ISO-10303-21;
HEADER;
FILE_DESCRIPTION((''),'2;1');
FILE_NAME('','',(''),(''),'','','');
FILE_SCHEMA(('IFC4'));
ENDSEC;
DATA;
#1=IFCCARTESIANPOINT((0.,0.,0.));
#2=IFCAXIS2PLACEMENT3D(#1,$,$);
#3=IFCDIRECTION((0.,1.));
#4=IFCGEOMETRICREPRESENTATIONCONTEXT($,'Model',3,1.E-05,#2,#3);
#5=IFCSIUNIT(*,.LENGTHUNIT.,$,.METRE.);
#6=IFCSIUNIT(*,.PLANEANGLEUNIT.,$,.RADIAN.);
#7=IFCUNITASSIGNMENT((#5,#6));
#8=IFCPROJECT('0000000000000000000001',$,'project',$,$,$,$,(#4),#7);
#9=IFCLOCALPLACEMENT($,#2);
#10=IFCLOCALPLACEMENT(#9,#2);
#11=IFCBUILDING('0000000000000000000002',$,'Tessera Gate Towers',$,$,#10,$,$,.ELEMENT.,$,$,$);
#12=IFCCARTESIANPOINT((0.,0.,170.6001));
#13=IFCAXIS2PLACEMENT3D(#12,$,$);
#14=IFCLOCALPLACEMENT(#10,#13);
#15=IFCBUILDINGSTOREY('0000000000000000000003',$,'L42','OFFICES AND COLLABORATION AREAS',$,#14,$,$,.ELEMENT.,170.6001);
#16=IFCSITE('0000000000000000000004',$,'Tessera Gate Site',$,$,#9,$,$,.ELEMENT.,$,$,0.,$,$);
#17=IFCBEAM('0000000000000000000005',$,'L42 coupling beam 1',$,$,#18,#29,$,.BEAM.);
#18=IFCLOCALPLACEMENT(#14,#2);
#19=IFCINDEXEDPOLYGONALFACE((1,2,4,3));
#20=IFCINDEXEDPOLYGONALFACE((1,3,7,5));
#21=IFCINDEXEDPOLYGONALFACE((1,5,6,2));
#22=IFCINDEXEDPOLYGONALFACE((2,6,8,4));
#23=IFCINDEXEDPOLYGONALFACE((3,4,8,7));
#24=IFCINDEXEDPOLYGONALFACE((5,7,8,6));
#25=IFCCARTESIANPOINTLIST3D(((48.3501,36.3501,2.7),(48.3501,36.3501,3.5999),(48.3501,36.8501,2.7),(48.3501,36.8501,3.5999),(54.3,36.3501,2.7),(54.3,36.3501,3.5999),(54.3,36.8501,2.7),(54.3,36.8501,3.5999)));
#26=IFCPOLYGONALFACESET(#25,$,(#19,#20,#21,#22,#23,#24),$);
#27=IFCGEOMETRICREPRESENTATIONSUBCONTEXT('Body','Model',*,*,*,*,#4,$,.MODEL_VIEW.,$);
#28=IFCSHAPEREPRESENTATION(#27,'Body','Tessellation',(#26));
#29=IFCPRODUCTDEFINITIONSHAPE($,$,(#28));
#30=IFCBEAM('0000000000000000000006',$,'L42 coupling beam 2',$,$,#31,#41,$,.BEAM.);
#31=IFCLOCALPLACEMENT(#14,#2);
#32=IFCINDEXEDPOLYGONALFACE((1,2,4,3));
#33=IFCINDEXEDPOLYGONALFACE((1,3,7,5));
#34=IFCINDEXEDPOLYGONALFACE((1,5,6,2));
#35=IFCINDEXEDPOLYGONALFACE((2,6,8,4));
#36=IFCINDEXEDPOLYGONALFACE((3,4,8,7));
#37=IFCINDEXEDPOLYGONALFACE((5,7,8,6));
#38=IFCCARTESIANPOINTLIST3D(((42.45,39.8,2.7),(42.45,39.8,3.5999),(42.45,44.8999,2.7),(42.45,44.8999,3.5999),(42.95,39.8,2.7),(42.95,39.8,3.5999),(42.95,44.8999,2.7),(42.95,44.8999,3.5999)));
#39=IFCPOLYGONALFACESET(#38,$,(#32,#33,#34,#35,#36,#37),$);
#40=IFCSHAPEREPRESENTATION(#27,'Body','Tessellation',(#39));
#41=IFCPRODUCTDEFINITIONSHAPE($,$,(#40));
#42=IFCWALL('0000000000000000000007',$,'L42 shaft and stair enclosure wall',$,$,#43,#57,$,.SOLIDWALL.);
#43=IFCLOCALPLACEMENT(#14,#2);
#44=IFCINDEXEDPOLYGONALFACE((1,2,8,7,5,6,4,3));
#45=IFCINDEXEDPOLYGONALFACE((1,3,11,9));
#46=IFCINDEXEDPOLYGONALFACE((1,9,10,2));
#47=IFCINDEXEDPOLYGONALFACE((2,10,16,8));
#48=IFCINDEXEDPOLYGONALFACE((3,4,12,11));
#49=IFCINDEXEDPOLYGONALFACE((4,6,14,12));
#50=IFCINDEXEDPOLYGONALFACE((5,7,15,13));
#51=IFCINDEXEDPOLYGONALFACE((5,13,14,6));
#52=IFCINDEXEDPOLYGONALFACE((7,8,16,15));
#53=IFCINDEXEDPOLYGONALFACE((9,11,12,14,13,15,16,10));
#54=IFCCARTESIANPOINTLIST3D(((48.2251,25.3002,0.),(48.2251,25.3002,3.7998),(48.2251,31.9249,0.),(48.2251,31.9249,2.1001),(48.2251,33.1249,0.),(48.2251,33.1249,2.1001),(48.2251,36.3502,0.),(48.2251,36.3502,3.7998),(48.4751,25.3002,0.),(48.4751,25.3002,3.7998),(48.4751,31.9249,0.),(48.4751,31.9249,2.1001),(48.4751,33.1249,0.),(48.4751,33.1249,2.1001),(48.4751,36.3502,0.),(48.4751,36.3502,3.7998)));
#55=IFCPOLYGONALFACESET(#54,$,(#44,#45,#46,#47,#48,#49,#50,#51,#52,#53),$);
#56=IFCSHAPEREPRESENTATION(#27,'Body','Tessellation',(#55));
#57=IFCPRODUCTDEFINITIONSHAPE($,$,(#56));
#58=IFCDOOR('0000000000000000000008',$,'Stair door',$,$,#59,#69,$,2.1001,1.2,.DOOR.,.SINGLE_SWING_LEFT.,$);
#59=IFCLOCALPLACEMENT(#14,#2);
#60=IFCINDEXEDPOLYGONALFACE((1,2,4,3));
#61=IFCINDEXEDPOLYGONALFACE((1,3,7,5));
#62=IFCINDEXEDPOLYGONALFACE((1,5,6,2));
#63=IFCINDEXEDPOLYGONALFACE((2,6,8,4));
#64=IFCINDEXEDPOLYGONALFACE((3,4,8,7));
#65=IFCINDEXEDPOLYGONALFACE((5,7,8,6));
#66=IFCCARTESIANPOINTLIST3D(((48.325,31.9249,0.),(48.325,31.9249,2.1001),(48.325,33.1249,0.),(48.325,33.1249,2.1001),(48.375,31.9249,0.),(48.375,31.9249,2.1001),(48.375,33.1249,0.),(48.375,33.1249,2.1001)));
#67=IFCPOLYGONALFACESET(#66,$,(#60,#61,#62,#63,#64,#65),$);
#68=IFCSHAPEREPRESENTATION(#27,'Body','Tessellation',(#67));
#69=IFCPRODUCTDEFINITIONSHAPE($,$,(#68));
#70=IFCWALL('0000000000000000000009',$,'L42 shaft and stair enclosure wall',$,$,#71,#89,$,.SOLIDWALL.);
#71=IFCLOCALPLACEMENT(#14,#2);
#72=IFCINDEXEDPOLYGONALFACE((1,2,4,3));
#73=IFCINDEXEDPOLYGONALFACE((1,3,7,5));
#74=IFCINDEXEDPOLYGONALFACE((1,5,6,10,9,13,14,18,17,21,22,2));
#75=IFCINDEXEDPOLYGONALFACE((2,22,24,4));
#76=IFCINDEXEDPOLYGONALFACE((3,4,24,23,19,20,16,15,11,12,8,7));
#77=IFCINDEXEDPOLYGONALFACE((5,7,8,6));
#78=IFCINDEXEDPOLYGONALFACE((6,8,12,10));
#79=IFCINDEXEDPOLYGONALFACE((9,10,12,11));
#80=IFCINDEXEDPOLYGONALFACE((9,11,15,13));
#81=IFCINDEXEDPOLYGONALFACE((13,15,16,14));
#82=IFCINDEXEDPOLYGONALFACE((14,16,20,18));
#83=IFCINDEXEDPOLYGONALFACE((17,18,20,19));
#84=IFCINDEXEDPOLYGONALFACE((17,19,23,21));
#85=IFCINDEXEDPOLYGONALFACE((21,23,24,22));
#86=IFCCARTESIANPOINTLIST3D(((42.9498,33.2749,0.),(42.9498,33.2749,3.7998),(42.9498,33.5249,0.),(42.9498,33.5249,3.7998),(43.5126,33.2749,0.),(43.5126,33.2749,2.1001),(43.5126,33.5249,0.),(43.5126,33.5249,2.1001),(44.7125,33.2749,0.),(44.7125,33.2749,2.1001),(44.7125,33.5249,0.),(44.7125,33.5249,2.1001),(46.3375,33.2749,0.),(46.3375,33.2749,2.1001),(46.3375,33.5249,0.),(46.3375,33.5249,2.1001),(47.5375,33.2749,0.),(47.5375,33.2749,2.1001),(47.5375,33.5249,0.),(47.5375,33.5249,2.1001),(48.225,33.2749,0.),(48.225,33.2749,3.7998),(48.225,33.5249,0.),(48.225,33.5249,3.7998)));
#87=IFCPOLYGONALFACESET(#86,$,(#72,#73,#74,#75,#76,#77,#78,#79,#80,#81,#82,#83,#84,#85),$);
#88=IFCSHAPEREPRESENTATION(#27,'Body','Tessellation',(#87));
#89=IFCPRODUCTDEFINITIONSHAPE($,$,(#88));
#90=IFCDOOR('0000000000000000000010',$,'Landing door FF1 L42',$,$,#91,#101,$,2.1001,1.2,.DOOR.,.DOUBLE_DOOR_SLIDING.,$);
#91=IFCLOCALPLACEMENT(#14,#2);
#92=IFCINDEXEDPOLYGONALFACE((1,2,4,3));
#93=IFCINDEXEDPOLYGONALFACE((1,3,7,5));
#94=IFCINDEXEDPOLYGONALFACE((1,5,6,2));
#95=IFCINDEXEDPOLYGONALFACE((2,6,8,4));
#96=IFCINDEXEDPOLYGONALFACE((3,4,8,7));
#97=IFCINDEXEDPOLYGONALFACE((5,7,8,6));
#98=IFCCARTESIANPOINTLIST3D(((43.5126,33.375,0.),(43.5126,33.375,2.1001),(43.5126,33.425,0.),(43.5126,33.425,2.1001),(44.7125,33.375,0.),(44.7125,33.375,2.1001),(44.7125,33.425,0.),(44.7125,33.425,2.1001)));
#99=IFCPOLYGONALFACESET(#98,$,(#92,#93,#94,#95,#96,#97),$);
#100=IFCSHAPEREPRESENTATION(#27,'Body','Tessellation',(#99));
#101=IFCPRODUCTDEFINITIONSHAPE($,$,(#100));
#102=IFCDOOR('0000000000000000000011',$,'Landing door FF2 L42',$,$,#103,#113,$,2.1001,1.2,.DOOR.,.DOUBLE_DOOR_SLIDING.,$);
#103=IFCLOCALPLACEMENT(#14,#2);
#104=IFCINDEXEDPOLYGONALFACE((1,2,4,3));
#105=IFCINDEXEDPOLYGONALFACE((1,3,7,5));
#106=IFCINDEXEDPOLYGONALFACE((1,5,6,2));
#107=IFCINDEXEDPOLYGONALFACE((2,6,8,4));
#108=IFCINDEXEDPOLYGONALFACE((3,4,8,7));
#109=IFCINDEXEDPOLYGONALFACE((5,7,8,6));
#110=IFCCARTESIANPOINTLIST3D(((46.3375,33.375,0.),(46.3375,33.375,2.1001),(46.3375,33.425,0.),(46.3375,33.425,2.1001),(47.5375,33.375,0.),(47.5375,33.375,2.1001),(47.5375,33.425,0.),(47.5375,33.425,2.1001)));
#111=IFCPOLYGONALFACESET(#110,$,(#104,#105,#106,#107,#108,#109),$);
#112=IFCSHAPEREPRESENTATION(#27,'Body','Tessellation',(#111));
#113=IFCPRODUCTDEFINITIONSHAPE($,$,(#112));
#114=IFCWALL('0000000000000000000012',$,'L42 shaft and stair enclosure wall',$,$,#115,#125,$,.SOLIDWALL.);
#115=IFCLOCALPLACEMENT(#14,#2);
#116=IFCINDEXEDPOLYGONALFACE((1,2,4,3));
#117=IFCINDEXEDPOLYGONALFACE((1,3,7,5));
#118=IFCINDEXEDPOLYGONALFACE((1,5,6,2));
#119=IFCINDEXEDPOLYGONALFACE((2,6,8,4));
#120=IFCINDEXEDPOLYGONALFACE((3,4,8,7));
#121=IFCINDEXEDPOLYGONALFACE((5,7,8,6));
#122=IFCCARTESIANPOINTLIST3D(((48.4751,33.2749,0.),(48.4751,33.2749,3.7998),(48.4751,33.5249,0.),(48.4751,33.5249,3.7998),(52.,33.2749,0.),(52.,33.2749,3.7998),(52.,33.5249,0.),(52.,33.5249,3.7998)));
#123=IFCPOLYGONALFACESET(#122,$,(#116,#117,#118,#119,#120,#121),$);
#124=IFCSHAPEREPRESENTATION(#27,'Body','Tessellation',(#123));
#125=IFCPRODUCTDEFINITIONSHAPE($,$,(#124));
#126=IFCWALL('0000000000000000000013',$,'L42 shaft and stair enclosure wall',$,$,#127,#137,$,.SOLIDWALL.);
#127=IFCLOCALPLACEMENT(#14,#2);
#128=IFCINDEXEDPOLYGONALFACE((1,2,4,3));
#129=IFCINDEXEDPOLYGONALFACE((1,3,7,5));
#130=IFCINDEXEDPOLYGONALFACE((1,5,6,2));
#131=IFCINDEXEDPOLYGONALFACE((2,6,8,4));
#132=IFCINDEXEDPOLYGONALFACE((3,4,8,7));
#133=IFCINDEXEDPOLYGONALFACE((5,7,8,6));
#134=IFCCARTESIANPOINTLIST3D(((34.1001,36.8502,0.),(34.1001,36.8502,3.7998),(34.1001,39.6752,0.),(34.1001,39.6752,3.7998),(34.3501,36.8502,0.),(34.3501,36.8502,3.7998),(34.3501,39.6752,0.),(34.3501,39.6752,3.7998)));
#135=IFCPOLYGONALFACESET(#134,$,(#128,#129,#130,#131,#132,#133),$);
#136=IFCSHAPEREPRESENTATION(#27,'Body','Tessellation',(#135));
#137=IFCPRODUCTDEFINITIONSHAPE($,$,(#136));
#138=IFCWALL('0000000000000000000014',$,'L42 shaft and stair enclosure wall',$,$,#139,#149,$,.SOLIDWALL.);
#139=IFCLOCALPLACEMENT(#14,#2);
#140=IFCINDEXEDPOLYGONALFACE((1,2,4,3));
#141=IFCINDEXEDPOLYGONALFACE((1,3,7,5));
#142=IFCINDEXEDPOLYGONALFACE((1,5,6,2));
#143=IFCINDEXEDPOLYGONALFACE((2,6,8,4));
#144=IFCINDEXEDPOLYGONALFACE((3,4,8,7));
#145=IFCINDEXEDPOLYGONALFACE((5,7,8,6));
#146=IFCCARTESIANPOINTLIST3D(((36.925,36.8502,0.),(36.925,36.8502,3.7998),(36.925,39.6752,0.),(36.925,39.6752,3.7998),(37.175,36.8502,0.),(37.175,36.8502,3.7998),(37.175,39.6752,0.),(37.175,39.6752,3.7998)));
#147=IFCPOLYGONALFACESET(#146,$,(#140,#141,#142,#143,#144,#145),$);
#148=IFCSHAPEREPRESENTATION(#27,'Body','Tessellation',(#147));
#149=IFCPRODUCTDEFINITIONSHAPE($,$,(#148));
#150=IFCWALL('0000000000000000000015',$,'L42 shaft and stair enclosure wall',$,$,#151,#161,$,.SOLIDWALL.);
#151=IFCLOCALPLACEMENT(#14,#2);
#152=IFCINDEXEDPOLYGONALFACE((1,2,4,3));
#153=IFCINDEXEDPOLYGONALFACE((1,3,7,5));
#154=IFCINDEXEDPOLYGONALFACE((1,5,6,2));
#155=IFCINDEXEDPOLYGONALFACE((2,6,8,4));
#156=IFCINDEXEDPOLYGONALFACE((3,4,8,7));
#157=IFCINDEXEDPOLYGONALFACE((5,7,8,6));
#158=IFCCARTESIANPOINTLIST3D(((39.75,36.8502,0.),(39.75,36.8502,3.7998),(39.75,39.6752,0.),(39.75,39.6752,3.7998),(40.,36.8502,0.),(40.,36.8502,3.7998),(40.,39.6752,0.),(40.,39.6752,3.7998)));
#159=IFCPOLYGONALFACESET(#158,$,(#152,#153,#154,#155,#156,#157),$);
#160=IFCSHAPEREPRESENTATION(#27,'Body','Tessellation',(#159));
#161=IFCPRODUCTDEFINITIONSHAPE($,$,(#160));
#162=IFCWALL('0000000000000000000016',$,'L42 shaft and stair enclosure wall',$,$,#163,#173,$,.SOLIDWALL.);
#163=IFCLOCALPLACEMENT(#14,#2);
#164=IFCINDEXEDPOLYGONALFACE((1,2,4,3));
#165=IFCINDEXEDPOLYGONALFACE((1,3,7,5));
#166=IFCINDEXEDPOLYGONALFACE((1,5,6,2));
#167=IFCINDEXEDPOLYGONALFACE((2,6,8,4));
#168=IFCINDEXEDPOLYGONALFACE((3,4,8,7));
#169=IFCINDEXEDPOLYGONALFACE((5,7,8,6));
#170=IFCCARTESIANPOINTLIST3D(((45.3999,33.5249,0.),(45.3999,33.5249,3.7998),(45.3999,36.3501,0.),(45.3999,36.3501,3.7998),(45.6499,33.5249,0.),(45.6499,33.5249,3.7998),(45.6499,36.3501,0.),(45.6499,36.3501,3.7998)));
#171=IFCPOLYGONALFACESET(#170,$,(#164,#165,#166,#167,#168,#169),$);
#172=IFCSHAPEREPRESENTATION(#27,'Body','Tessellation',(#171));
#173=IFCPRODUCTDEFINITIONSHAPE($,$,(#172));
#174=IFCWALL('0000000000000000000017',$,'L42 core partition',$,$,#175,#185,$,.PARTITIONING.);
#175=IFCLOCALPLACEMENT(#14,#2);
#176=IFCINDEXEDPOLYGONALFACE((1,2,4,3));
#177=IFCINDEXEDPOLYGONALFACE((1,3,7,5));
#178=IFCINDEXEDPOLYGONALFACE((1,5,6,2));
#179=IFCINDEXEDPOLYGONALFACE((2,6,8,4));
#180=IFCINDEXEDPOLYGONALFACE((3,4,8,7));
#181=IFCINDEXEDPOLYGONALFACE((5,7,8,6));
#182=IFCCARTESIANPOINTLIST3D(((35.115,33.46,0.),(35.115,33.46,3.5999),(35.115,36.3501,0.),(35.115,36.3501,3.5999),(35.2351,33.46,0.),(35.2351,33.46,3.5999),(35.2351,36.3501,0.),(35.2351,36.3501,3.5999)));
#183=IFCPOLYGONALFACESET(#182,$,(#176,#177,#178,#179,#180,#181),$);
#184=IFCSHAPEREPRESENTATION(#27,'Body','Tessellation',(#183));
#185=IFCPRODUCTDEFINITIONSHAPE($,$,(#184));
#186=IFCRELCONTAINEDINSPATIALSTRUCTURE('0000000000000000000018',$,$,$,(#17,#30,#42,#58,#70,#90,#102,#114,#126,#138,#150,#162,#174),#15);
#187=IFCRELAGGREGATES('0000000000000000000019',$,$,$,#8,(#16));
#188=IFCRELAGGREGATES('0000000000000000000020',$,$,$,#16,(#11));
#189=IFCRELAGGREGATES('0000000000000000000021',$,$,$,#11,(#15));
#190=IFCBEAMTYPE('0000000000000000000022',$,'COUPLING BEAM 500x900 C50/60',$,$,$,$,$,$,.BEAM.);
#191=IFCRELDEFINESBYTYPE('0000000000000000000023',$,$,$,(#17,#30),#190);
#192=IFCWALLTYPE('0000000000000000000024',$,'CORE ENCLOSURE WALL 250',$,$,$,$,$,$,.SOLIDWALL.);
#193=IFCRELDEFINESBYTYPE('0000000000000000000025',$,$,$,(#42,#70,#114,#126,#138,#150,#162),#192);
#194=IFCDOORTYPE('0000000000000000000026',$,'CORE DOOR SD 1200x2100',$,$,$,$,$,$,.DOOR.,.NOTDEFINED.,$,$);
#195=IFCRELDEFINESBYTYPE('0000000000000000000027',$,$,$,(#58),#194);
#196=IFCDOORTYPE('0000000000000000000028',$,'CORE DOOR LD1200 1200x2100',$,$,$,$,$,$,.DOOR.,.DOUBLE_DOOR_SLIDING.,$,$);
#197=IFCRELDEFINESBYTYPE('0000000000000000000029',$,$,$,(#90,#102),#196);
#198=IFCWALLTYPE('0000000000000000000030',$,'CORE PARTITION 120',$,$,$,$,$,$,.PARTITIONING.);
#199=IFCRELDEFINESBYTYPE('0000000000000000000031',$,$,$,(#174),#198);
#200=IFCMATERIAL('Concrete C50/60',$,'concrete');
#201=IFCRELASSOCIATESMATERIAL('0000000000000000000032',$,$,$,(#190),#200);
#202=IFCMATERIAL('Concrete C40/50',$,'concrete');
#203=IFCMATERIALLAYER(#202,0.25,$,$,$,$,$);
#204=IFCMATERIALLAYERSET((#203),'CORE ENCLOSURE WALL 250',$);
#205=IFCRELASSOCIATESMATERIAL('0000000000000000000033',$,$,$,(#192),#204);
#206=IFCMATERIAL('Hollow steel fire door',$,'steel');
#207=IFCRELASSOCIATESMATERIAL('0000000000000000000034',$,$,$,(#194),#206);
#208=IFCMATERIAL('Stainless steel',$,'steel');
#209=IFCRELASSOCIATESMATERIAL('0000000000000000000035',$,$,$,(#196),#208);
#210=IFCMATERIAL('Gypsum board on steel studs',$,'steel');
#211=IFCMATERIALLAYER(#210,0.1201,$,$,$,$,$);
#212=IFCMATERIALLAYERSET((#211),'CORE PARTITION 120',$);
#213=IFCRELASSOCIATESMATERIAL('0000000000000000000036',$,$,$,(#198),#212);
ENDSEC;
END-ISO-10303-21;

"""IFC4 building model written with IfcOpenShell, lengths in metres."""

from ifc_helpers import new_model, si_unit, direction, frame, frame_2d, origin, origin_2d, place, context, subcontext, project, spatial, rectangle, extrude, source, transform, mapped, material, layer, layer_set, material_profile, profile_set, type_object, element, fill, save


model = new_model("IFC4")

# Units and contexts
model_context = context("Model", 3, precision=1e-05, world=origin(), true_north=direction((0.0, 1.0)))
body_context = subcontext(model_context, "Body", "Model", "MODEL_VIEW")
ifc_project = project(units=[si_unit("LENGTHUNIT", "METRE"), si_unit("PLANEANGLEUNIT", "RADIAN")], contexts=[model_context])

# Site, building, storey
site_placement = place(None, origin())
site = spatial("IfcSite", under=ifc_project, at=site_placement, Name="Tessera Gate Site", CompositionType="ELEMENT", RefElevation=0.0)
building_placement = place(site_placement, origin())
building = spatial("IfcBuilding", under=site, at=building_placement, Name="Tessera Gate Towers", CompositionType="ELEMENT")
storey_placement = place(building_placement, frame((0.0, 0.0, 170.6001)))
storey = spatial("IfcBuildingStorey", under=building, at=storey_placement, Name="L42", Description="OFFICES AND COLLABORATION AREAS", CompositionType="ELEMENT", Elevation=170.6001)

# Beams
ifc_material_1 = material(Name="Concrete C50/60", Category="concrete")
ifc_material_profile = material_profile(ifc_material_1, rectangle(XDim=0.5, YDim=0.8999, at=origin_2d()), Name="RC 500x900")
ifc_profile_set = profile_set([ifc_material_profile], Name="Concrete C50/60")
beam_type = type_object("IfcBeamType", Name="COUPLING BEAM 500x900 C50/60", PredefinedType="BEAM", material=ifc_profile_set)
beam_1_placement = place(storey_placement, frame((48.3501, 36.6001, 3.1499), z_axis=(1.0, 0.0, 0.0), x_axis=(0.0, 1.0, 0.0)))
element("IfcBeam", 1, at=beam_1_placement, inside=storey, type_object=beam_type, Name="L42 coupling beam 1", PredefinedType="BEAM", context=body_context, shape_type="SweptSolid", body=[
    extrude(rectangle(XDim=0.5, YDim=0.8999, at=origin_2d()), origin(), (0.0, 0.0, 1.0), 5.95),
])
beam_2_placement = place(storey_placement, frame((42.7, 39.8, 3.1499), z_axis=(0.0, 1.0, 0.0), x_axis=(-1.0, 0.0, 0.0)))
element("IfcBeam", 2, at=beam_2_placement, inside=storey, type_object=beam_type, Name="L42 coupling beam 2", PredefinedType="BEAM", context=body_context, shape_type="SweptSolid", body=[
    extrude(rectangle(XDim=0.5, YDim=0.8999, at=origin_2d()), origin(), (0.0, 0.0, 1.0), 5.0999),
])

# Wall, opening, door
ifc_material_2 = material(Name="Concrete C40/50", Category="concrete")
ifc_layer_1 = layer(ifc_material_2, 0.25)
ifc_layer_set_1 = layer_set([ifc_layer_1], Name="CORE ENCLOSURE WALL 250")
wall_type_1 = type_object("IfcWallType", Name="CORE ENCLOSURE WALL 250", PredefinedType="SOLIDWALL", material=ifc_layer_set_1)
wall_1_placement = place(storey_placement, frame((48.3501, 36.3501, 0.0), z_axis=(0.0, 0.0, 1.0), x_axis=(0.0, -1.0, 0.0)))
wall_1 = element("IfcWall", 3, at=wall_1_placement, inside=storey, type_object=wall_type_1, Name="L42 shaft and stair enclosure wall", PredefinedType="SOLIDWALL", context=body_context, shape_type="SweptSolid", body=[
    extrude(rectangle(XDim=11.05, YDim=0.25, at=frame_2d((5.5249, 0.0))), origin(), (0.0, 0.0, 1.0), 3.7998),
])
shared_shape_1 = source(origin(), body_context, "Body", "SweptSolid", [
    extrude(rectangle(XDim=1.2, YDim=2.1001, at=frame_2d((0.6001, 1.05))), frame((0.0, 0.135, 0.0), z_axis=(0.0, -1.0, 0.0), x_axis=(1.0, 0.0, 0.0)), (0.0, 0.0, 1.0), 0.27),
])
opening_1_placement = place(wall_1_placement, frame((3.2251, 0.0, 0.0)))
opening_1 = element("IfcOpeningElement", 4, at=opening_1_placement, cuts=wall_1, PredefinedType="OPENING", context=body_context, shape_type="MappedRepresentation", body=[
    mapped(shared_shape_1, transform((0.0, 0.0, 0.0), scale=1.0)),
])
ifc_material_3 = material(Name="Hollow steel fire door", Category="steel")
door_type_1 = type_object("IfcDoorType", Name="CORE DOOR SD 1200x2100", OperationType="NOTDEFINED", PredefinedType="DOOR", material=ifc_material_3)
shared_shape_2 = source(origin(), body_context, "Body", "SweptSolid", [
    extrude(rectangle(XDim=1.2, YDim=2.1001, at=frame_2d((0.6001, 1.05))), frame((0.0, 0.0249, 0.0), z_axis=(0.0, -1.0, 0.0), x_axis=(1.0, 0.0, 0.0)), (0.0, 0.0, 1.0), 0.05),
])
door_1_placement = place(opening_1_placement, origin())
door_1 = element("IfcDoor", 5, at=door_1_placement, inside=storey, type_object=door_type_1, Name="Stair door", OperationType="SINGLE_SWING_LEFT", OverallHeight=2.1001, OverallWidth=1.2, PredefinedType="DOOR", context=body_context, shape_type="MappedRepresentation", body=[
    mapped(shared_shape_2, transform((0.0, 0.0, 0.0), scale=1.0)),
])
fill(opening_1, door_1)

# Wall, openings, doors
wall_2_placement = place(storey_placement, frame((48.2251, 33.3999, 0.0), z_axis=(0.0, 0.0, 1.0), x_axis=(-1.0, 0.0, 0.0)))
wall_2 = element("IfcWall", 6, at=wall_2_placement, inside=storey, type_object=wall_type_1, Name="L42 shaft and stair enclosure wall", PredefinedType="SOLIDWALL", context=body_context, shape_type="SweptSolid", body=[
    extrude(rectangle(XDim=5.2751, YDim=0.25, at=frame_2d((2.6377, 0.0))), origin(), (0.0, 0.0, 1.0), 3.7998),
])
opening_2_placement = place(wall_2_placement, frame((3.5125, 0.0, 0.0)))
opening_2 = element("IfcOpeningElement", 7, at=opening_2_placement, cuts=wall_2, PredefinedType="OPENING", context=body_context, shape_type="MappedRepresentation", body=[
    mapped(shared_shape_1, transform((0.0, 0.0, 0.0), scale=1.0)),
])
opening_3_placement = place(wall_2_placement, frame((0.6875, 0.0, 0.0)))
opening_3 = element("IfcOpeningElement", 8, at=opening_3_placement, cuts=wall_2, PredefinedType="OPENING", context=body_context, shape_type="MappedRepresentation", body=[
    mapped(shared_shape_1, transform((0.0, 0.0, 0.0), scale=1.0)),
])
ifc_material_4 = material(Name="Stainless steel", Category="steel")
door_type_2 = type_object("IfcDoorType", Name="CORE DOOR LD1200 1200x2100", OperationType="DOUBLE_DOOR_SLIDING", PredefinedType="DOOR", material=ifc_material_4)
door_2_placement = place(opening_2_placement, origin())
door_2 = element("IfcDoor", 9, at=door_2_placement, inside=storey, type_object=door_type_2, Name="Landing door FF1 L42", OperationType="DOUBLE_DOOR_SLIDING", OverallHeight=2.1001, OverallWidth=1.2, PredefinedType="DOOR", context=body_context, shape_type="MappedRepresentation", body=[
    mapped(shared_shape_2, transform((0.0, 0.0, 0.0), scale=1.0)),
])
fill(opening_2, door_2)
door_3_placement = place(opening_3_placement, origin())
door_3 = element("IfcDoor", 10, at=door_3_placement, inside=storey, type_object=door_type_2, Name="Landing door FF2 L42", OperationType="DOUBLE_DOOR_SLIDING", OverallHeight=2.1001, OverallWidth=1.2, PredefinedType="DOOR", context=body_context, shape_type="MappedRepresentation", body=[
    mapped(shared_shape_2, transform((0.0, 0.0, 0.0), scale=1.0)),
])
fill(opening_3, door_3)

# Walls
wall_3_placement = place(storey_placement, frame((48.4751, 33.3999, 0.0), z_axis=(0.0, 0.0, 1.0), x_axis=(1.0, 0.0, 0.0)))
element("IfcWall", 11, at=wall_3_placement, inside=storey, type_object=wall_type_1, Name="L42 shaft and stair enclosure wall", PredefinedType="SOLIDWALL", context=body_context, shape_type="SweptSolid", body=[
    extrude(rectangle(XDim=3.5249, YDim=0.25, at=frame_2d((1.7625, 0.0))), origin(), (0.0, 0.0, 1.0), 3.7998),
])
for number, where, z_axis, x_axis, name in (
    (12, (34.2251, 36.8501, 0.0), (0.0, 0.0, 1.0), (0.0, 1.0, 0.0), "L42 shaft and stair enclosure wall"),
    (13, (37.05, 36.8501, 0.0), (0.0, 0.0, 1.0), (0.0, 1.0, 0.0), "L42 shaft and stair enclosure wall"),
    (14, (39.875, 36.8501, 0.0), (0.0, 0.0, 1.0), (0.0, 1.0, 0.0), "L42 shaft and stair enclosure wall"),
):
    element("IfcWall", number, at=place(storey_placement, frame(where, z_axis=z_axis, x_axis=x_axis)), inside=storey, type_object=wall_type_1, Name=name, PredefinedType="SOLIDWALL", context=body_context, shape_type="SweptSolid", body=[
        extrude(rectangle(XDim=2.825, YDim=0.25, at=frame_2d((1.4126, 0.0))), origin(), (0.0, 0.0, 1.0), 3.7998),
    ])
wall_4_placement = place(storey_placement, frame((45.5249, 33.5249, 0.0), z_axis=(0.0, 0.0, 1.0), x_axis=(0.0, 1.0, 0.0)))
element("IfcWall", 15, at=wall_4_placement, inside=storey, type_object=wall_type_1, Name="L42 shaft and stair enclosure wall", PredefinedType="SOLIDWALL", context=body_context, shape_type="SweptSolid", body=[
    extrude(rectangle(XDim=2.8252, YDim=0.25, at=frame_2d((1.4126, 0.0))), origin(), (0.0, 0.0, 1.0), 3.7998),
])
ifc_material_5 = material(Name="Gypsum board on steel studs", Category="steel")
ifc_layer_2 = layer(ifc_material_5, 0.1201)
ifc_layer_set_2 = layer_set([ifc_layer_2], Name="CORE PARTITION 120")
wall_type_2 = type_object("IfcWallType", Name="CORE PARTITION 120", PredefinedType="PARTITIONING", material=ifc_layer_set_2)
for number, where, z_axis, x_axis, name in (
    (16, (35.175, 33.46, 0.0), (0.0, 0.0, 1.0), (0.0, 1.0, 0.0), "L42 core partition"),
):
    element("IfcWall", number, at=place(storey_placement, frame(where, z_axis=z_axis, x_axis=x_axis)), inside=storey, type_object=wall_type_2, Name=name, PredefinedType="PARTITIONING", context=body_context, shape_type="SweptSolid", body=[
        extrude(rectangle(XDim=2.8901, YDim=0.1201, at=frame_2d((1.4451, 0.0))), origin(), (0.0, 0.0, 1.0), 3.5999),
    ])

save(model, "model.ifc")
